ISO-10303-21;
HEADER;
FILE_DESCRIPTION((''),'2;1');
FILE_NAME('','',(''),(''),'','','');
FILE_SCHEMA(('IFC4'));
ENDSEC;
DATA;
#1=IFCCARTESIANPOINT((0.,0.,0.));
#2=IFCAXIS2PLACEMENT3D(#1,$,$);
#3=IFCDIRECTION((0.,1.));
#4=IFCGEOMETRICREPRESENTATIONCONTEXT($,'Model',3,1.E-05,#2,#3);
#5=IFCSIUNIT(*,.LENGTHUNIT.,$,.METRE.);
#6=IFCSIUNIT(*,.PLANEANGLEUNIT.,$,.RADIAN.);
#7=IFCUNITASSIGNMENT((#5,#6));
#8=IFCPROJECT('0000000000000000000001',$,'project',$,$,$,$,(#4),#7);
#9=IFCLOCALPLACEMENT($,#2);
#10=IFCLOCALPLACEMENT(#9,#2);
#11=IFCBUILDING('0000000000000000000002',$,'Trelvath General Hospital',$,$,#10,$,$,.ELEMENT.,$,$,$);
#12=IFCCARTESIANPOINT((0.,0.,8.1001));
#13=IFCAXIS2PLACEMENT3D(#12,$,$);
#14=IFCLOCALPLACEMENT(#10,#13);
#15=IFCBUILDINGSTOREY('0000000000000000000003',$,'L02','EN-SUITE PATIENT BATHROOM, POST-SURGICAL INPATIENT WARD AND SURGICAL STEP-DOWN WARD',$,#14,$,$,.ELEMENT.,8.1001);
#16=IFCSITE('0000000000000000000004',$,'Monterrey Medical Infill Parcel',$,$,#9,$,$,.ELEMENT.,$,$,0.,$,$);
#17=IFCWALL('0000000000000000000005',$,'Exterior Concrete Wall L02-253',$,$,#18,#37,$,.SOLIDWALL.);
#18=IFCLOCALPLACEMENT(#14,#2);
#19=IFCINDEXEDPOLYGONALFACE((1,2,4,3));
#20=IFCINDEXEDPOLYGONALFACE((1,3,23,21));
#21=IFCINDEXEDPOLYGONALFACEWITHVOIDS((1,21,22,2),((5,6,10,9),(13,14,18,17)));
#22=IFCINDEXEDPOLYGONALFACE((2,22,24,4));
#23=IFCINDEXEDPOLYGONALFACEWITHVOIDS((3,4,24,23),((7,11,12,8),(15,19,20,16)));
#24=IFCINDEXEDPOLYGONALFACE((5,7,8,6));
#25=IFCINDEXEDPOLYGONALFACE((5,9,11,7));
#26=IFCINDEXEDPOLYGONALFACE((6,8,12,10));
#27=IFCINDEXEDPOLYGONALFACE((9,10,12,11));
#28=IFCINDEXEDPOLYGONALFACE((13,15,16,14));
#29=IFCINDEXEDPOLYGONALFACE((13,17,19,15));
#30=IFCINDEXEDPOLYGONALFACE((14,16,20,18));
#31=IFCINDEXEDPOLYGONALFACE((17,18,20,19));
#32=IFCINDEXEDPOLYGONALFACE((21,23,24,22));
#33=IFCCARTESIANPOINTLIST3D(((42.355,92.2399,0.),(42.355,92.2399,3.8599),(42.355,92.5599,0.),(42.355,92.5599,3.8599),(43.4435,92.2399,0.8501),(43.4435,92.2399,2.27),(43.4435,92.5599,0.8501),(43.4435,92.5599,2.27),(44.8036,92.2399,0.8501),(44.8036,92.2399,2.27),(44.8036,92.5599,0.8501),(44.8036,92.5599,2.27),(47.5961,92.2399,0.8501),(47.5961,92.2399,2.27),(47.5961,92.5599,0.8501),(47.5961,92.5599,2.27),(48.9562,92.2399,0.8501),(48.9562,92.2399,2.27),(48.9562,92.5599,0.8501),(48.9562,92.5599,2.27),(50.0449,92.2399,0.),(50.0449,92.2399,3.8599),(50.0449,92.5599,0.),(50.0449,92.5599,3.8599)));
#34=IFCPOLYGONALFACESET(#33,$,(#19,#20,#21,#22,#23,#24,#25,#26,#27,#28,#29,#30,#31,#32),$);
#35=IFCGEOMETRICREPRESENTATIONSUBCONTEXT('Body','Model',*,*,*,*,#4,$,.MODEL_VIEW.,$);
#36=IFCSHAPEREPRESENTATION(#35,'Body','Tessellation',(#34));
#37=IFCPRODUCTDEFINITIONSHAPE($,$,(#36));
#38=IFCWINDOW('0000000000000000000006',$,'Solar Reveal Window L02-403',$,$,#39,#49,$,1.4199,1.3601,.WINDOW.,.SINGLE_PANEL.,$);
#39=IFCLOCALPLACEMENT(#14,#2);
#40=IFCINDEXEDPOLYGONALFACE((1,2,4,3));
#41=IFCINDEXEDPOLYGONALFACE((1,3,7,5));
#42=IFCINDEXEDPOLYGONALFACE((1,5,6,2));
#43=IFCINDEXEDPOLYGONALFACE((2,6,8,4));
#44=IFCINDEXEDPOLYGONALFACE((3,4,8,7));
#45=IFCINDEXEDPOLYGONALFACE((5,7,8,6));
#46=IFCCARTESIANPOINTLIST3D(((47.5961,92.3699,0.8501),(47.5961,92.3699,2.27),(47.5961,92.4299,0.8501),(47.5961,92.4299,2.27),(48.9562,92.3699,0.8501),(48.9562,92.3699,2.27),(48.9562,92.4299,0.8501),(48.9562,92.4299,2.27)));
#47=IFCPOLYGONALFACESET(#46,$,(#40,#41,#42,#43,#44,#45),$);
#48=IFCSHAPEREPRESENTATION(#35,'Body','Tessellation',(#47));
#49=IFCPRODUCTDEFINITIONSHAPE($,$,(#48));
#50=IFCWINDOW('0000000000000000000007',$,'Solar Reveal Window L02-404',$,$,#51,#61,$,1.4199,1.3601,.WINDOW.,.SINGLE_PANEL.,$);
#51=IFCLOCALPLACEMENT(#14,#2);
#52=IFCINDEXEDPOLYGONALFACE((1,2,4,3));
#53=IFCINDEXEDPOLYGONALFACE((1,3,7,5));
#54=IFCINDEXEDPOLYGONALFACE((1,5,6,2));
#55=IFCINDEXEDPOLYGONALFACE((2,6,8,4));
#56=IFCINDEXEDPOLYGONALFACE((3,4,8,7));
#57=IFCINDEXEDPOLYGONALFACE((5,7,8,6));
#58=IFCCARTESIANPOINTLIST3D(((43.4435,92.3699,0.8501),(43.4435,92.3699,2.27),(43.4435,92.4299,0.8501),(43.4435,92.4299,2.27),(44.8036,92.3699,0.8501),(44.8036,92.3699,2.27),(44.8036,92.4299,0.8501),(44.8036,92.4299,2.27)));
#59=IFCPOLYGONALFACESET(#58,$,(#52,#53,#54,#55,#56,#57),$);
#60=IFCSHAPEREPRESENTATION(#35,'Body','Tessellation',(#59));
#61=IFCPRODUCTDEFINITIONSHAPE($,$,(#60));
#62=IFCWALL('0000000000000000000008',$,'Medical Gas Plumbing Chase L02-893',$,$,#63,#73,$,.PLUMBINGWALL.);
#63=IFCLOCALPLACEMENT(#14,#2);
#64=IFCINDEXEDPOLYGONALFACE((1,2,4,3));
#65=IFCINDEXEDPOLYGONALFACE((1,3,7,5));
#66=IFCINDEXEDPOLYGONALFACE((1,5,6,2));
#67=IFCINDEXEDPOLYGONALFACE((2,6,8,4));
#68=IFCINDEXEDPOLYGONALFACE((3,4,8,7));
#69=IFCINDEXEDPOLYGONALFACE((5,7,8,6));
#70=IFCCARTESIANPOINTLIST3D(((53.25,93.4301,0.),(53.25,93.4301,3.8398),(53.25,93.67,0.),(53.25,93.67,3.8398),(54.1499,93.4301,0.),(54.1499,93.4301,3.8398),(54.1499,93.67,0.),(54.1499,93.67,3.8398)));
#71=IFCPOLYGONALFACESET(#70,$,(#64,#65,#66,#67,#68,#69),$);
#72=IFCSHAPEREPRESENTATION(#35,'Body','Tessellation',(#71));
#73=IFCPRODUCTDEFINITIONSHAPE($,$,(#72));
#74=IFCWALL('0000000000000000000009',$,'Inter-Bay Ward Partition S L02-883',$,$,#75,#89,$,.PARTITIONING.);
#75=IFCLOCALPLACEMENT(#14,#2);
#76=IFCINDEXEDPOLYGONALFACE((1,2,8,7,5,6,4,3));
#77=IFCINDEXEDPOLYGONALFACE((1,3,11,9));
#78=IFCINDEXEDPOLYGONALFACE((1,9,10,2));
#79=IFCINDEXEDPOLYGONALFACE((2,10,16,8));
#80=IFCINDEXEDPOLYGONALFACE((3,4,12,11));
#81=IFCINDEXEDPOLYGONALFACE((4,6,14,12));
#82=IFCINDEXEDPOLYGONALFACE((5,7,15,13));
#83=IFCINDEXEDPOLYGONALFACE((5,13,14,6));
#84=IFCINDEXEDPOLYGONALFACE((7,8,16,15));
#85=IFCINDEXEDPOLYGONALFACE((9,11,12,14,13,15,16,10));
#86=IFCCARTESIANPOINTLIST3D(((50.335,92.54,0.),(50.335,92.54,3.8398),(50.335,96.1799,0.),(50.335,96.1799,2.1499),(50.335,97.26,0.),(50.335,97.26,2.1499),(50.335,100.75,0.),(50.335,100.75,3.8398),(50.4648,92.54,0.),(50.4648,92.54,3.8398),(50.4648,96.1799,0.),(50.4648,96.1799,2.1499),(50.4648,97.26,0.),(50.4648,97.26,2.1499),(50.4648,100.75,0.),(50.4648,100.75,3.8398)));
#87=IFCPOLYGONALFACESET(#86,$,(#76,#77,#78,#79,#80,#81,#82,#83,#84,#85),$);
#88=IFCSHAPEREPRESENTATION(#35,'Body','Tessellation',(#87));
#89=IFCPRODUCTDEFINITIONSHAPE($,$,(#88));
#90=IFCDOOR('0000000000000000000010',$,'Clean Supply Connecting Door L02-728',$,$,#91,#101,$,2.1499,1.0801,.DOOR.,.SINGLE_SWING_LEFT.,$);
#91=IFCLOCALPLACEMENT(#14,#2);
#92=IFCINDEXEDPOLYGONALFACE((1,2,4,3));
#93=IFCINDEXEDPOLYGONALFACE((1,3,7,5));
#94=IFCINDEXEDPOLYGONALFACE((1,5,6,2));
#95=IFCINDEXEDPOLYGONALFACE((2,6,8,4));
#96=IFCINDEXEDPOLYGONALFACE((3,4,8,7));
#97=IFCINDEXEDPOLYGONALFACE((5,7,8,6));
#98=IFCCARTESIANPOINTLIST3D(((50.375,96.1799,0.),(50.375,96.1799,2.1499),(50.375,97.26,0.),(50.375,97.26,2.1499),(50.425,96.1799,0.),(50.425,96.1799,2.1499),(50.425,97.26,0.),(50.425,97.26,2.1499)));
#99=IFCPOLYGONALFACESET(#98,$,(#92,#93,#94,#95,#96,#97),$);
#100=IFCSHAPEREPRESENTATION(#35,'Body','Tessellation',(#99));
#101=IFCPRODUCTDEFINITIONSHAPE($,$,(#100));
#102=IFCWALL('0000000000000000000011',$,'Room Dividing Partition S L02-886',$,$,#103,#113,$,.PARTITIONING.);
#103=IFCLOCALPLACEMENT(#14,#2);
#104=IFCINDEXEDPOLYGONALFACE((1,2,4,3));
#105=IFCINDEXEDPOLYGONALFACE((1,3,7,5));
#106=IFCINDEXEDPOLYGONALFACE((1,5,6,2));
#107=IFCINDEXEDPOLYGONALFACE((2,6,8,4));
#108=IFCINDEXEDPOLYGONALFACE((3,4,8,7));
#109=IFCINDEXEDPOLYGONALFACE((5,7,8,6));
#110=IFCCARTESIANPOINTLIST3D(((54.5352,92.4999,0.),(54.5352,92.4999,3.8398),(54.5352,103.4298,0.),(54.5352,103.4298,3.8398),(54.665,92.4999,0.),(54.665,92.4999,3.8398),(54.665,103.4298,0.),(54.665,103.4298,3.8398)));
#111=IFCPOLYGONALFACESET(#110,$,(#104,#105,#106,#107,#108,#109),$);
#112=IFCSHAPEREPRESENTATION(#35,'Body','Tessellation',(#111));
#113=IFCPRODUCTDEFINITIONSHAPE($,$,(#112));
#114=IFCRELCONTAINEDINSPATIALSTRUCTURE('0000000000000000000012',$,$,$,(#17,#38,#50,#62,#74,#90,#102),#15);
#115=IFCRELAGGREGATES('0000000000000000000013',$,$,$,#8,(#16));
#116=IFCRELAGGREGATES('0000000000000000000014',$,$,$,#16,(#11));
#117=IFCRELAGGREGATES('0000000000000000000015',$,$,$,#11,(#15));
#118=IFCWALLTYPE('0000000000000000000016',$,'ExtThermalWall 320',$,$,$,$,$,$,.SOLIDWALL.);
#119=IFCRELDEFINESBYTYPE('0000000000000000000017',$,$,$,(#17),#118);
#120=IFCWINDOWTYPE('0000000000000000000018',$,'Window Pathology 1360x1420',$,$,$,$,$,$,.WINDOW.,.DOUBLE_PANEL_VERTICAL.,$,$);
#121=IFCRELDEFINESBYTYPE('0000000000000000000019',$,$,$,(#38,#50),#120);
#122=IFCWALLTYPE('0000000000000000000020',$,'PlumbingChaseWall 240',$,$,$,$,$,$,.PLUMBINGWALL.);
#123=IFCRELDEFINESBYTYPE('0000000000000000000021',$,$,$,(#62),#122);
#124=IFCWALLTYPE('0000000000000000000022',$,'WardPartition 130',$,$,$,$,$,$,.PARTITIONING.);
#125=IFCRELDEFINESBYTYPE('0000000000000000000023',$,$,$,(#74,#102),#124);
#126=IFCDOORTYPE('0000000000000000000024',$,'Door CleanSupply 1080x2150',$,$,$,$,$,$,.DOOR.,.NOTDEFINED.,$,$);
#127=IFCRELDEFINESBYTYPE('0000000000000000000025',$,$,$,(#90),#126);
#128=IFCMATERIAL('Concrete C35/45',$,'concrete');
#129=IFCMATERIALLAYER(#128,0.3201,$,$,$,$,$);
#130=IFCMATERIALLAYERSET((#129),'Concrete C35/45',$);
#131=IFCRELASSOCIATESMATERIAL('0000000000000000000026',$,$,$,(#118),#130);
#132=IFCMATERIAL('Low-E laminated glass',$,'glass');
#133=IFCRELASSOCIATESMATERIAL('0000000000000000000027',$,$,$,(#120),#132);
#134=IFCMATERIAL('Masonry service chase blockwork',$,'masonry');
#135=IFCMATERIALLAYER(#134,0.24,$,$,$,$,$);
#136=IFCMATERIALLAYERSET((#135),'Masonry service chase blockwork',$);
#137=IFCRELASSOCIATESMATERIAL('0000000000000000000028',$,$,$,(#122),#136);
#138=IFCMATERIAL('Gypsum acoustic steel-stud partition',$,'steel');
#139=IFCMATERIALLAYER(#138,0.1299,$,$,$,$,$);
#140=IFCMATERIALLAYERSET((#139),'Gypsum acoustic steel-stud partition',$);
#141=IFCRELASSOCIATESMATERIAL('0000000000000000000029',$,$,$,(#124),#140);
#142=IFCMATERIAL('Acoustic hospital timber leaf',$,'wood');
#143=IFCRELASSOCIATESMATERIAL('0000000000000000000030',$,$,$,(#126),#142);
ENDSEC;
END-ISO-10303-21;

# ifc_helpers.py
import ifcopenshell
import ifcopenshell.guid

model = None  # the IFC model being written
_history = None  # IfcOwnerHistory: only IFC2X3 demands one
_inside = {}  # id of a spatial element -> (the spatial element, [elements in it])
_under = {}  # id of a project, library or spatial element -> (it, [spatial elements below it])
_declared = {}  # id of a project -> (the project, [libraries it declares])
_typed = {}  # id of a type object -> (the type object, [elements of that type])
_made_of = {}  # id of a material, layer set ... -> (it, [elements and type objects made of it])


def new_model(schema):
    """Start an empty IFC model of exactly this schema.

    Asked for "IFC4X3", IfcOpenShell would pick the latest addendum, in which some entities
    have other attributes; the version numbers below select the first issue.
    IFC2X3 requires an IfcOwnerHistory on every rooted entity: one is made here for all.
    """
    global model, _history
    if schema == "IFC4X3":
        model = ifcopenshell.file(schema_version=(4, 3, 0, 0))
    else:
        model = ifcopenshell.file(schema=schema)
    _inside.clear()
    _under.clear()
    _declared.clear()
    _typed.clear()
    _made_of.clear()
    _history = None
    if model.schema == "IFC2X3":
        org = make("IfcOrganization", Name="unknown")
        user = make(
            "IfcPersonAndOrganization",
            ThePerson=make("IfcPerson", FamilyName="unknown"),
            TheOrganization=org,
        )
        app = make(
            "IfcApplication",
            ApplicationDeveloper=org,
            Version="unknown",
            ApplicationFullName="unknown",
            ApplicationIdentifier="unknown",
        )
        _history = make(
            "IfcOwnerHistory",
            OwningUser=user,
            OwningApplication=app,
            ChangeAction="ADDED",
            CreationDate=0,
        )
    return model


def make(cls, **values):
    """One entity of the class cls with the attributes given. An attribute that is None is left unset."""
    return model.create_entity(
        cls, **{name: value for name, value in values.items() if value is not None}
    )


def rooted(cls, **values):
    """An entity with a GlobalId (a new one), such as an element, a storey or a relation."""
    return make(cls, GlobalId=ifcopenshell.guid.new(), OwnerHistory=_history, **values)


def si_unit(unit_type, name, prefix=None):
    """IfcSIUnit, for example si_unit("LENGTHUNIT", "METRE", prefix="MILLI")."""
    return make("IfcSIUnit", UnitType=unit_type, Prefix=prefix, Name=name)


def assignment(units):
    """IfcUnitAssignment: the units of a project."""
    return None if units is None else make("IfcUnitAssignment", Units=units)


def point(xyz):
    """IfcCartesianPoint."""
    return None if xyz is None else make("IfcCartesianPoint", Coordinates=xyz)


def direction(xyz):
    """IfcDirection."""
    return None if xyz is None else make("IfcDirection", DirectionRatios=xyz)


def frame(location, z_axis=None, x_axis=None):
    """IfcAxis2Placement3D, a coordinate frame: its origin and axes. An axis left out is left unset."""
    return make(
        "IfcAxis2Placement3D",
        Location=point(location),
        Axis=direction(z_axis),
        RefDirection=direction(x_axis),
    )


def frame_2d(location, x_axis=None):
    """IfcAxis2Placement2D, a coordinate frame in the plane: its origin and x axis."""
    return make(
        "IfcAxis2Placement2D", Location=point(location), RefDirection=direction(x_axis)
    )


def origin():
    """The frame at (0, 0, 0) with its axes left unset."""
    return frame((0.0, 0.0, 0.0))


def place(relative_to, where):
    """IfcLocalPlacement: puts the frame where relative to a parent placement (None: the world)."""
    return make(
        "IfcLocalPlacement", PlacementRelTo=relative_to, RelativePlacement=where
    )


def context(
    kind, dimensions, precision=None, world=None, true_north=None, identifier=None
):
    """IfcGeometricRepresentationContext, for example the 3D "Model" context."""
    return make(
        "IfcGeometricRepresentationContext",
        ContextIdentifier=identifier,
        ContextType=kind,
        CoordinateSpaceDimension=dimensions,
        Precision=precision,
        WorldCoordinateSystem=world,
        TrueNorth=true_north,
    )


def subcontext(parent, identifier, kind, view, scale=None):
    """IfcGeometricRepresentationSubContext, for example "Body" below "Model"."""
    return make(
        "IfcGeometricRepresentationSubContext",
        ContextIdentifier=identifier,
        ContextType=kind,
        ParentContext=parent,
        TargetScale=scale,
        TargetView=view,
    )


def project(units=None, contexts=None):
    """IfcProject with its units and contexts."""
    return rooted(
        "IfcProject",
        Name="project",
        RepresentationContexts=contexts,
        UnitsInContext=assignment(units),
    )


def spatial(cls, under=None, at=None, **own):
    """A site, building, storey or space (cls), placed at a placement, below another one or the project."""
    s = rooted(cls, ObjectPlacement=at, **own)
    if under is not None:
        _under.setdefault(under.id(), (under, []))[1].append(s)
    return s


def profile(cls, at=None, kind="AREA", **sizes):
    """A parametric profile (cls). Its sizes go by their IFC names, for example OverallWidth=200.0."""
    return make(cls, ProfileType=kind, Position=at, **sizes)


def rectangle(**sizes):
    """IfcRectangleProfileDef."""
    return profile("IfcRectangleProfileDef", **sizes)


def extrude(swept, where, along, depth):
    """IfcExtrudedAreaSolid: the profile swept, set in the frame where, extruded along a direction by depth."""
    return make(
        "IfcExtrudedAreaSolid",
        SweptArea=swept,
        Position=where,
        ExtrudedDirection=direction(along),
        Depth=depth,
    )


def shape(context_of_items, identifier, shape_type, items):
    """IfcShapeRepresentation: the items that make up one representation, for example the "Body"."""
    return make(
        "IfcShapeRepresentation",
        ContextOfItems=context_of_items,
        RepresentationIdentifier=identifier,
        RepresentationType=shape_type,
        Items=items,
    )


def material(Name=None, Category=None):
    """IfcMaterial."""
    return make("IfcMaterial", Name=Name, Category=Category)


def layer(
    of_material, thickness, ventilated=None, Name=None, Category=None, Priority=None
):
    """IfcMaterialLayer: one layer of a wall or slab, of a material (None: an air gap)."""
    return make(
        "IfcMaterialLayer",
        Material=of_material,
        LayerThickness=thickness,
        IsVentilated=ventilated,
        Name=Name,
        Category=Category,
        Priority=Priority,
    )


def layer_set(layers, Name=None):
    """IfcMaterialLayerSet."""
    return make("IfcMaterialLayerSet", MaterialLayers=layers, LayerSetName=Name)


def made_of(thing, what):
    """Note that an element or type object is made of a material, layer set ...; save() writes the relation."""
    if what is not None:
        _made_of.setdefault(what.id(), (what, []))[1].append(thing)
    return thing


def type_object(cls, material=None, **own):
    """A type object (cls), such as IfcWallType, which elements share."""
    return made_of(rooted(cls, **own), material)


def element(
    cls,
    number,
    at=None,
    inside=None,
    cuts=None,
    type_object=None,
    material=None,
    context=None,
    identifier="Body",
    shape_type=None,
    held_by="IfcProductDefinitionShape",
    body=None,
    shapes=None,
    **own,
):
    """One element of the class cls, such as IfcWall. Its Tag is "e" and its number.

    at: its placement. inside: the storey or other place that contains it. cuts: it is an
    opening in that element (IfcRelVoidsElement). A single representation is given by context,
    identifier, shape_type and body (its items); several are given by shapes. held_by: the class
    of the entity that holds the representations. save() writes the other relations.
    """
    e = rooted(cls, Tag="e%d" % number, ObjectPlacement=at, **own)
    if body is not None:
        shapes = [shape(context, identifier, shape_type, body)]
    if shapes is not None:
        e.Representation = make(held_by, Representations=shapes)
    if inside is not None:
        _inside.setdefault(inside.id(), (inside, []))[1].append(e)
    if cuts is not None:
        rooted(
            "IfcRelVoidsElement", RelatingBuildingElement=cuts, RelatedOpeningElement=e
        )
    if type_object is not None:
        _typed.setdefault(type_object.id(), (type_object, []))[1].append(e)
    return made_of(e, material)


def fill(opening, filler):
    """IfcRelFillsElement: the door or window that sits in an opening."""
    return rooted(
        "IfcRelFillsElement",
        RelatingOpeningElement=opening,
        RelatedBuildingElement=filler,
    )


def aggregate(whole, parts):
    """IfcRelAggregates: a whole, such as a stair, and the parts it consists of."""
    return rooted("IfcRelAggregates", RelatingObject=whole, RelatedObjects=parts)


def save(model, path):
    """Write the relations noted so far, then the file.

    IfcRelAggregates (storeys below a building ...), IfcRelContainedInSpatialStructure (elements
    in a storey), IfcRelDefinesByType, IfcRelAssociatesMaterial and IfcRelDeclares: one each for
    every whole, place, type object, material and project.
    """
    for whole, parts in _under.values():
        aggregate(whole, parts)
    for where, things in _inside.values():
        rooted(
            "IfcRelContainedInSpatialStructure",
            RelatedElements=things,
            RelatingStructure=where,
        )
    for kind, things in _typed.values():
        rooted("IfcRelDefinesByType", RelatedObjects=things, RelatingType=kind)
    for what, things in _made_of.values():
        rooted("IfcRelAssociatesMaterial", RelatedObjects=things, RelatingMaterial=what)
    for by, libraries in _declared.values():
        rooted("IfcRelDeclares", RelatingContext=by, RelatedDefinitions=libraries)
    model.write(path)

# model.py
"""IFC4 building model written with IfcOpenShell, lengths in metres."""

from ifc_helpers import new_model, si_unit, direction, frame, frame_2d, origin, place, context, subcontext, project, spatial, rectangle, extrude, material, layer, layer_set, type_object, element, fill, save


model = new_model("IFC4")

# Units and contexts
model_context = context("Model", 3, precision=1e-05, world=origin(), true_north=direction((0.0, 1.0)))
body_context = subcontext(model_context, "Body", "Model", "MODEL_VIEW")
ifc_project = project(units=[si_unit("LENGTHUNIT", "METRE"), si_unit("PLANEANGLEUNIT", "RADIAN")], contexts=[model_context])

# Site, building, storey
site_placement = place(None, origin())
site = spatial("IfcSite", under=ifc_project, at=site_placement, Name="Monterrey Medical Infill Parcel", CompositionType="ELEMENT", RefElevation=0.0)
building_placement = place(site_placement, origin())
building = spatial("IfcBuilding", under=site, at=building_placement, Name="Trelvath General Hospital", CompositionType="ELEMENT")
storey_placement = place(building_placement, frame((0.0, 0.0, 8.1001)))
storey = spatial("IfcBuildingStorey", under=building, at=storey_placement, Name="L02", Description="EN-SUITE PATIENT BATHROOM, POST-SURGICAL INPATIENT WARD AND SURGICAL STEP-DOWN WARD", CompositionType="ELEMENT", Elevation=8.1001)

# Wall, openings, windows
ifc_material_1 = material(Name="Concrete C35/45", Category="concrete")
ifc_layer_1 = layer(ifc_material_1, 0.3201)
ifc_layer_set_1 = layer_set([ifc_layer_1], Name="Concrete C35/45")
wall_type_1 = type_object("IfcWallType", Name="ExtThermalWall 320", PredefinedType="SOLIDWALL", material=ifc_layer_set_1)
wall_1_placement = place(storey_placement, frame((50.0449, 92.3999, 0.0), z_axis=(0.0, 0.0, 1.0), x_axis=(-1.0, 0.0, 0.0)))
wall_1 = element("IfcWall", 1, at=wall_1_placement, inside=storey, type_object=wall_type_1, Name="Exterior Concrete Wall L02-253", PredefinedType="SOLIDWALL", context=body_context, shape_type="SweptSolid", body=[
    extrude(rectangle(XDim=7.6899, YDim=0.3201, at=frame_2d((3.845, 0.0))), origin(), (0.0, 0.0, 1.0), 3.8599),
])
opening_1_placement = place(wall_1_placement, frame((1.0886, 0.0, 0.8501)))
opening_1 = element("IfcOpeningElement", 2, at=opening_1_placement, cuts=wall_1, PredefinedType="OPENING", context=body_context, shape_type="SweptSolid", body=[
    extrude(rectangle(XDim=1.3601, YDim=1.4199, at=frame_2d((0.6802, 0.71))), frame((0.0, 0.1699, 0.0), z_axis=(0.0, -1.0, 0.0), x_axis=(1.0, 0.0, 0.0)), (0.0, 0.0, 1.0), 0.3401),
])
opening_2_placement = place(wall_1_placement, frame((5.2412, 0.0, 0.8501)))
opening_2 = element("IfcOpeningElement", 3, at=opening_2_placement, cuts=wall_1, PredefinedType="OPENING", context=body_context, shape_type="SweptSolid", body=[
    extrude(rectangle(XDim=1.3601, YDim=1.4199, at=frame_2d((0.6802, 0.71))), frame((0.0, 0.1699, 0.0), z_axis=(0.0, -1.0, 0.0), x_axis=(1.0, 0.0, 0.0)), (0.0, 0.0, 1.0), 0.3401),
])
ifc_material_2 = material(Name="Low-E laminated glass", Category="glass")
window_type = type_object("IfcWindowType", Name="Window Pathology 1360x1420", PartitioningType="DOUBLE_PANEL_VERTICAL", PredefinedType="WINDOW", material=ifc_material_2)
window_1_placement = place(opening_1_placement, origin())
window_1 = element("IfcWindow", 4, at=window_1_placement, inside=storey, type_object=window_type, Name="Solar Reveal Window L02-403", OverallHeight=1.4199, OverallWidth=1.3601, PartitioningType="SINGLE_PANEL", PredefinedType="WINDOW", context=body_context, shape_type="SweptSolid", body=[
    extrude(rectangle(XDim=1.3601, YDim=1.4199, at=frame_2d((0.6802, 0.71))), frame((0.0, 0.03, 0.0), z_axis=(0.0, -1.0, 0.0), x_axis=(1.0, 0.0, 0.0)), (0.0, 0.0, 1.0), 0.0601),
])
fill(opening_1, window_1)
window_2_placement = place(opening_2_placement, origin())
window_2 = element("IfcWindow", 5, at=window_2_placement, inside=storey, type_object=window_type, Name="Solar Reveal Window L02-404", OverallHeight=1.4199, OverallWidth=1.3601, PartitioningType="SINGLE_PANEL", PredefinedType="WINDOW", context=body_context, shape_type="SweptSolid", body=[
    extrude(rectangle(XDim=1.3601, YDim=1.4199, at=frame_2d((0.6802, 0.71))), frame((0.0, 0.03, 0.0), z_axis=(0.0, -1.0, 0.0), x_axis=(1.0, 0.0, 0.0)), (0.0, 0.0, 1.0), 0.0601),
])
fill(opening_2, window_2)

# Wall
ifc_material_3 = material(Name="Masonry service chase blockwork", Category="masonry")
ifc_layer_2 = layer(ifc_material_3, 0.24)
ifc_layer_set_2 = layer_set([ifc_layer_2], Name="Masonry service chase blockwork")
wall_type_2 = type_object("IfcWallType", Name="PlumbingChaseWall 240", PredefinedType="PLUMBINGWALL", material=ifc_layer_set_2)
wall_2_placement = place(storey_placement, frame((53.25, 93.55, 0.0), z_axis=(0.0, 0.0, 1.0), x_axis=(1.0, 0.0, 0.0)))
element("IfcWall", 6, at=wall_2_placement, inside=storey, type_object=wall_type_2, Name="Medical Gas Plumbing Chase L02-893", PredefinedType="PLUMBINGWALL", context=body_context, shape_type="SweptSolid", body=[
    extrude(rectangle(XDim=0.8999, YDim=0.24, at=frame_2d((0.45, 0.0))), origin(), (0.0, 0.0, 1.0), 3.8398),
])

# Wall, opening, door
ifc_material_4 = material(Name="Gypsum acoustic steel-stud partition", Category="steel")
ifc_layer_3 = layer(ifc_material_4, 0.1299)
ifc_layer_set_3 = layer_set([ifc_layer_3], Name="Gypsum acoustic steel-stud partition")
wall_type_3 = type_object("IfcWallType", Name="WardPartition 130", PredefinedType="PARTITIONING", material=ifc_layer_set_3)
wall_3_placement = place(storey_placement, frame((50.3999, 92.54, 0.0), z_axis=(0.0, 0.0, 1.0), x_axis=(0.0, 1.0, 0.0)))
wall_3 = element("IfcWall", 7, at=wall_3_placement, inside=storey, type_object=wall_type_3, Name="Inter-Bay Ward Partition S L02-883", PredefinedType="PARTITIONING", context=body_context, shape_type="SweptSolid", body=[
    extrude(rectangle(XDim=8.21, YDim=0.1299, at=frame_2d((4.105, 0.0))), origin(), (0.0, 0.0, 1.0), 3.8398),
])
opening_3_placement = place(wall_3_placement, frame((3.6399, 0.0, 0.0)))
opening_3 = element("IfcOpeningElement", 8, at=opening_3_placement, cuts=wall_3, PredefinedType="OPENING", context=body_context, shape_type="SweptSolid", body=[
    extrude(rectangle(XDim=1.0801, YDim=2.1499, at=frame_2d((0.54, 1.075))), frame((0.0, 0.075, 0.0), z_axis=(0.0, -1.0, 0.0), x_axis=(1.0, 0.0, 0.0)), (0.0, 0.0, 1.0), 0.1499),
])
ifc_material_5 = material(Name="Acoustic hospital timber leaf", Category="wood")
door_type_1 = type_object("IfcDoorType", Name="Door CleanSupply 1080x2150", OperationType="NOTDEFINED", PredefinedType="DOOR", material=ifc_material_5)
door_1_placement = place(opening_3_placement, origin())
door_1 = element("IfcDoor", 9, at=door_1_placement, inside=storey, type_object=door_type_1, Name="Clean Supply Connecting Door L02-728", OperationType="SINGLE_SWING_LEFT", OverallHeight=2.1499, OverallWidth=1.0801, PredefinedType="DOOR", context=body_context, shape_type="SweptSolid", body=[
    extrude(rectangle(XDim=1.0801, YDim=2.1499, at=frame_2d((0.54, 1.075))), frame((0.0, 0.0249, 0.0), z_axis=(0.0, -1.0, 0.0), x_axis=(1.0, 0.0, 0.0)), (0.0, 0.0, 1.0), 0.05),
])
fill(opening_3, door_1)

# Wall
wall_4_placement = place(storey_placement, frame((54.6001, 92.5, 0.0), z_axis=(0.0, 0.0, 1.0), x_axis=(0.0, 1.0, 0.0)))
element("IfcWall", 10, at=wall_4_placement, inside=storey, type_object=wall_type_3, Name="Room Dividing Partition S L02-886", PredefinedType="PARTITIONING", context=body_context, shape_type="SweptSolid", body=[
    extrude(rectangle(XDim=10.9299, YDim=0.1299, at=frame_2d((5.4648, 0.0))), origin(), (0.0, 0.0, 1.0), 3.8398),
])

save(model, "model.ifc")
